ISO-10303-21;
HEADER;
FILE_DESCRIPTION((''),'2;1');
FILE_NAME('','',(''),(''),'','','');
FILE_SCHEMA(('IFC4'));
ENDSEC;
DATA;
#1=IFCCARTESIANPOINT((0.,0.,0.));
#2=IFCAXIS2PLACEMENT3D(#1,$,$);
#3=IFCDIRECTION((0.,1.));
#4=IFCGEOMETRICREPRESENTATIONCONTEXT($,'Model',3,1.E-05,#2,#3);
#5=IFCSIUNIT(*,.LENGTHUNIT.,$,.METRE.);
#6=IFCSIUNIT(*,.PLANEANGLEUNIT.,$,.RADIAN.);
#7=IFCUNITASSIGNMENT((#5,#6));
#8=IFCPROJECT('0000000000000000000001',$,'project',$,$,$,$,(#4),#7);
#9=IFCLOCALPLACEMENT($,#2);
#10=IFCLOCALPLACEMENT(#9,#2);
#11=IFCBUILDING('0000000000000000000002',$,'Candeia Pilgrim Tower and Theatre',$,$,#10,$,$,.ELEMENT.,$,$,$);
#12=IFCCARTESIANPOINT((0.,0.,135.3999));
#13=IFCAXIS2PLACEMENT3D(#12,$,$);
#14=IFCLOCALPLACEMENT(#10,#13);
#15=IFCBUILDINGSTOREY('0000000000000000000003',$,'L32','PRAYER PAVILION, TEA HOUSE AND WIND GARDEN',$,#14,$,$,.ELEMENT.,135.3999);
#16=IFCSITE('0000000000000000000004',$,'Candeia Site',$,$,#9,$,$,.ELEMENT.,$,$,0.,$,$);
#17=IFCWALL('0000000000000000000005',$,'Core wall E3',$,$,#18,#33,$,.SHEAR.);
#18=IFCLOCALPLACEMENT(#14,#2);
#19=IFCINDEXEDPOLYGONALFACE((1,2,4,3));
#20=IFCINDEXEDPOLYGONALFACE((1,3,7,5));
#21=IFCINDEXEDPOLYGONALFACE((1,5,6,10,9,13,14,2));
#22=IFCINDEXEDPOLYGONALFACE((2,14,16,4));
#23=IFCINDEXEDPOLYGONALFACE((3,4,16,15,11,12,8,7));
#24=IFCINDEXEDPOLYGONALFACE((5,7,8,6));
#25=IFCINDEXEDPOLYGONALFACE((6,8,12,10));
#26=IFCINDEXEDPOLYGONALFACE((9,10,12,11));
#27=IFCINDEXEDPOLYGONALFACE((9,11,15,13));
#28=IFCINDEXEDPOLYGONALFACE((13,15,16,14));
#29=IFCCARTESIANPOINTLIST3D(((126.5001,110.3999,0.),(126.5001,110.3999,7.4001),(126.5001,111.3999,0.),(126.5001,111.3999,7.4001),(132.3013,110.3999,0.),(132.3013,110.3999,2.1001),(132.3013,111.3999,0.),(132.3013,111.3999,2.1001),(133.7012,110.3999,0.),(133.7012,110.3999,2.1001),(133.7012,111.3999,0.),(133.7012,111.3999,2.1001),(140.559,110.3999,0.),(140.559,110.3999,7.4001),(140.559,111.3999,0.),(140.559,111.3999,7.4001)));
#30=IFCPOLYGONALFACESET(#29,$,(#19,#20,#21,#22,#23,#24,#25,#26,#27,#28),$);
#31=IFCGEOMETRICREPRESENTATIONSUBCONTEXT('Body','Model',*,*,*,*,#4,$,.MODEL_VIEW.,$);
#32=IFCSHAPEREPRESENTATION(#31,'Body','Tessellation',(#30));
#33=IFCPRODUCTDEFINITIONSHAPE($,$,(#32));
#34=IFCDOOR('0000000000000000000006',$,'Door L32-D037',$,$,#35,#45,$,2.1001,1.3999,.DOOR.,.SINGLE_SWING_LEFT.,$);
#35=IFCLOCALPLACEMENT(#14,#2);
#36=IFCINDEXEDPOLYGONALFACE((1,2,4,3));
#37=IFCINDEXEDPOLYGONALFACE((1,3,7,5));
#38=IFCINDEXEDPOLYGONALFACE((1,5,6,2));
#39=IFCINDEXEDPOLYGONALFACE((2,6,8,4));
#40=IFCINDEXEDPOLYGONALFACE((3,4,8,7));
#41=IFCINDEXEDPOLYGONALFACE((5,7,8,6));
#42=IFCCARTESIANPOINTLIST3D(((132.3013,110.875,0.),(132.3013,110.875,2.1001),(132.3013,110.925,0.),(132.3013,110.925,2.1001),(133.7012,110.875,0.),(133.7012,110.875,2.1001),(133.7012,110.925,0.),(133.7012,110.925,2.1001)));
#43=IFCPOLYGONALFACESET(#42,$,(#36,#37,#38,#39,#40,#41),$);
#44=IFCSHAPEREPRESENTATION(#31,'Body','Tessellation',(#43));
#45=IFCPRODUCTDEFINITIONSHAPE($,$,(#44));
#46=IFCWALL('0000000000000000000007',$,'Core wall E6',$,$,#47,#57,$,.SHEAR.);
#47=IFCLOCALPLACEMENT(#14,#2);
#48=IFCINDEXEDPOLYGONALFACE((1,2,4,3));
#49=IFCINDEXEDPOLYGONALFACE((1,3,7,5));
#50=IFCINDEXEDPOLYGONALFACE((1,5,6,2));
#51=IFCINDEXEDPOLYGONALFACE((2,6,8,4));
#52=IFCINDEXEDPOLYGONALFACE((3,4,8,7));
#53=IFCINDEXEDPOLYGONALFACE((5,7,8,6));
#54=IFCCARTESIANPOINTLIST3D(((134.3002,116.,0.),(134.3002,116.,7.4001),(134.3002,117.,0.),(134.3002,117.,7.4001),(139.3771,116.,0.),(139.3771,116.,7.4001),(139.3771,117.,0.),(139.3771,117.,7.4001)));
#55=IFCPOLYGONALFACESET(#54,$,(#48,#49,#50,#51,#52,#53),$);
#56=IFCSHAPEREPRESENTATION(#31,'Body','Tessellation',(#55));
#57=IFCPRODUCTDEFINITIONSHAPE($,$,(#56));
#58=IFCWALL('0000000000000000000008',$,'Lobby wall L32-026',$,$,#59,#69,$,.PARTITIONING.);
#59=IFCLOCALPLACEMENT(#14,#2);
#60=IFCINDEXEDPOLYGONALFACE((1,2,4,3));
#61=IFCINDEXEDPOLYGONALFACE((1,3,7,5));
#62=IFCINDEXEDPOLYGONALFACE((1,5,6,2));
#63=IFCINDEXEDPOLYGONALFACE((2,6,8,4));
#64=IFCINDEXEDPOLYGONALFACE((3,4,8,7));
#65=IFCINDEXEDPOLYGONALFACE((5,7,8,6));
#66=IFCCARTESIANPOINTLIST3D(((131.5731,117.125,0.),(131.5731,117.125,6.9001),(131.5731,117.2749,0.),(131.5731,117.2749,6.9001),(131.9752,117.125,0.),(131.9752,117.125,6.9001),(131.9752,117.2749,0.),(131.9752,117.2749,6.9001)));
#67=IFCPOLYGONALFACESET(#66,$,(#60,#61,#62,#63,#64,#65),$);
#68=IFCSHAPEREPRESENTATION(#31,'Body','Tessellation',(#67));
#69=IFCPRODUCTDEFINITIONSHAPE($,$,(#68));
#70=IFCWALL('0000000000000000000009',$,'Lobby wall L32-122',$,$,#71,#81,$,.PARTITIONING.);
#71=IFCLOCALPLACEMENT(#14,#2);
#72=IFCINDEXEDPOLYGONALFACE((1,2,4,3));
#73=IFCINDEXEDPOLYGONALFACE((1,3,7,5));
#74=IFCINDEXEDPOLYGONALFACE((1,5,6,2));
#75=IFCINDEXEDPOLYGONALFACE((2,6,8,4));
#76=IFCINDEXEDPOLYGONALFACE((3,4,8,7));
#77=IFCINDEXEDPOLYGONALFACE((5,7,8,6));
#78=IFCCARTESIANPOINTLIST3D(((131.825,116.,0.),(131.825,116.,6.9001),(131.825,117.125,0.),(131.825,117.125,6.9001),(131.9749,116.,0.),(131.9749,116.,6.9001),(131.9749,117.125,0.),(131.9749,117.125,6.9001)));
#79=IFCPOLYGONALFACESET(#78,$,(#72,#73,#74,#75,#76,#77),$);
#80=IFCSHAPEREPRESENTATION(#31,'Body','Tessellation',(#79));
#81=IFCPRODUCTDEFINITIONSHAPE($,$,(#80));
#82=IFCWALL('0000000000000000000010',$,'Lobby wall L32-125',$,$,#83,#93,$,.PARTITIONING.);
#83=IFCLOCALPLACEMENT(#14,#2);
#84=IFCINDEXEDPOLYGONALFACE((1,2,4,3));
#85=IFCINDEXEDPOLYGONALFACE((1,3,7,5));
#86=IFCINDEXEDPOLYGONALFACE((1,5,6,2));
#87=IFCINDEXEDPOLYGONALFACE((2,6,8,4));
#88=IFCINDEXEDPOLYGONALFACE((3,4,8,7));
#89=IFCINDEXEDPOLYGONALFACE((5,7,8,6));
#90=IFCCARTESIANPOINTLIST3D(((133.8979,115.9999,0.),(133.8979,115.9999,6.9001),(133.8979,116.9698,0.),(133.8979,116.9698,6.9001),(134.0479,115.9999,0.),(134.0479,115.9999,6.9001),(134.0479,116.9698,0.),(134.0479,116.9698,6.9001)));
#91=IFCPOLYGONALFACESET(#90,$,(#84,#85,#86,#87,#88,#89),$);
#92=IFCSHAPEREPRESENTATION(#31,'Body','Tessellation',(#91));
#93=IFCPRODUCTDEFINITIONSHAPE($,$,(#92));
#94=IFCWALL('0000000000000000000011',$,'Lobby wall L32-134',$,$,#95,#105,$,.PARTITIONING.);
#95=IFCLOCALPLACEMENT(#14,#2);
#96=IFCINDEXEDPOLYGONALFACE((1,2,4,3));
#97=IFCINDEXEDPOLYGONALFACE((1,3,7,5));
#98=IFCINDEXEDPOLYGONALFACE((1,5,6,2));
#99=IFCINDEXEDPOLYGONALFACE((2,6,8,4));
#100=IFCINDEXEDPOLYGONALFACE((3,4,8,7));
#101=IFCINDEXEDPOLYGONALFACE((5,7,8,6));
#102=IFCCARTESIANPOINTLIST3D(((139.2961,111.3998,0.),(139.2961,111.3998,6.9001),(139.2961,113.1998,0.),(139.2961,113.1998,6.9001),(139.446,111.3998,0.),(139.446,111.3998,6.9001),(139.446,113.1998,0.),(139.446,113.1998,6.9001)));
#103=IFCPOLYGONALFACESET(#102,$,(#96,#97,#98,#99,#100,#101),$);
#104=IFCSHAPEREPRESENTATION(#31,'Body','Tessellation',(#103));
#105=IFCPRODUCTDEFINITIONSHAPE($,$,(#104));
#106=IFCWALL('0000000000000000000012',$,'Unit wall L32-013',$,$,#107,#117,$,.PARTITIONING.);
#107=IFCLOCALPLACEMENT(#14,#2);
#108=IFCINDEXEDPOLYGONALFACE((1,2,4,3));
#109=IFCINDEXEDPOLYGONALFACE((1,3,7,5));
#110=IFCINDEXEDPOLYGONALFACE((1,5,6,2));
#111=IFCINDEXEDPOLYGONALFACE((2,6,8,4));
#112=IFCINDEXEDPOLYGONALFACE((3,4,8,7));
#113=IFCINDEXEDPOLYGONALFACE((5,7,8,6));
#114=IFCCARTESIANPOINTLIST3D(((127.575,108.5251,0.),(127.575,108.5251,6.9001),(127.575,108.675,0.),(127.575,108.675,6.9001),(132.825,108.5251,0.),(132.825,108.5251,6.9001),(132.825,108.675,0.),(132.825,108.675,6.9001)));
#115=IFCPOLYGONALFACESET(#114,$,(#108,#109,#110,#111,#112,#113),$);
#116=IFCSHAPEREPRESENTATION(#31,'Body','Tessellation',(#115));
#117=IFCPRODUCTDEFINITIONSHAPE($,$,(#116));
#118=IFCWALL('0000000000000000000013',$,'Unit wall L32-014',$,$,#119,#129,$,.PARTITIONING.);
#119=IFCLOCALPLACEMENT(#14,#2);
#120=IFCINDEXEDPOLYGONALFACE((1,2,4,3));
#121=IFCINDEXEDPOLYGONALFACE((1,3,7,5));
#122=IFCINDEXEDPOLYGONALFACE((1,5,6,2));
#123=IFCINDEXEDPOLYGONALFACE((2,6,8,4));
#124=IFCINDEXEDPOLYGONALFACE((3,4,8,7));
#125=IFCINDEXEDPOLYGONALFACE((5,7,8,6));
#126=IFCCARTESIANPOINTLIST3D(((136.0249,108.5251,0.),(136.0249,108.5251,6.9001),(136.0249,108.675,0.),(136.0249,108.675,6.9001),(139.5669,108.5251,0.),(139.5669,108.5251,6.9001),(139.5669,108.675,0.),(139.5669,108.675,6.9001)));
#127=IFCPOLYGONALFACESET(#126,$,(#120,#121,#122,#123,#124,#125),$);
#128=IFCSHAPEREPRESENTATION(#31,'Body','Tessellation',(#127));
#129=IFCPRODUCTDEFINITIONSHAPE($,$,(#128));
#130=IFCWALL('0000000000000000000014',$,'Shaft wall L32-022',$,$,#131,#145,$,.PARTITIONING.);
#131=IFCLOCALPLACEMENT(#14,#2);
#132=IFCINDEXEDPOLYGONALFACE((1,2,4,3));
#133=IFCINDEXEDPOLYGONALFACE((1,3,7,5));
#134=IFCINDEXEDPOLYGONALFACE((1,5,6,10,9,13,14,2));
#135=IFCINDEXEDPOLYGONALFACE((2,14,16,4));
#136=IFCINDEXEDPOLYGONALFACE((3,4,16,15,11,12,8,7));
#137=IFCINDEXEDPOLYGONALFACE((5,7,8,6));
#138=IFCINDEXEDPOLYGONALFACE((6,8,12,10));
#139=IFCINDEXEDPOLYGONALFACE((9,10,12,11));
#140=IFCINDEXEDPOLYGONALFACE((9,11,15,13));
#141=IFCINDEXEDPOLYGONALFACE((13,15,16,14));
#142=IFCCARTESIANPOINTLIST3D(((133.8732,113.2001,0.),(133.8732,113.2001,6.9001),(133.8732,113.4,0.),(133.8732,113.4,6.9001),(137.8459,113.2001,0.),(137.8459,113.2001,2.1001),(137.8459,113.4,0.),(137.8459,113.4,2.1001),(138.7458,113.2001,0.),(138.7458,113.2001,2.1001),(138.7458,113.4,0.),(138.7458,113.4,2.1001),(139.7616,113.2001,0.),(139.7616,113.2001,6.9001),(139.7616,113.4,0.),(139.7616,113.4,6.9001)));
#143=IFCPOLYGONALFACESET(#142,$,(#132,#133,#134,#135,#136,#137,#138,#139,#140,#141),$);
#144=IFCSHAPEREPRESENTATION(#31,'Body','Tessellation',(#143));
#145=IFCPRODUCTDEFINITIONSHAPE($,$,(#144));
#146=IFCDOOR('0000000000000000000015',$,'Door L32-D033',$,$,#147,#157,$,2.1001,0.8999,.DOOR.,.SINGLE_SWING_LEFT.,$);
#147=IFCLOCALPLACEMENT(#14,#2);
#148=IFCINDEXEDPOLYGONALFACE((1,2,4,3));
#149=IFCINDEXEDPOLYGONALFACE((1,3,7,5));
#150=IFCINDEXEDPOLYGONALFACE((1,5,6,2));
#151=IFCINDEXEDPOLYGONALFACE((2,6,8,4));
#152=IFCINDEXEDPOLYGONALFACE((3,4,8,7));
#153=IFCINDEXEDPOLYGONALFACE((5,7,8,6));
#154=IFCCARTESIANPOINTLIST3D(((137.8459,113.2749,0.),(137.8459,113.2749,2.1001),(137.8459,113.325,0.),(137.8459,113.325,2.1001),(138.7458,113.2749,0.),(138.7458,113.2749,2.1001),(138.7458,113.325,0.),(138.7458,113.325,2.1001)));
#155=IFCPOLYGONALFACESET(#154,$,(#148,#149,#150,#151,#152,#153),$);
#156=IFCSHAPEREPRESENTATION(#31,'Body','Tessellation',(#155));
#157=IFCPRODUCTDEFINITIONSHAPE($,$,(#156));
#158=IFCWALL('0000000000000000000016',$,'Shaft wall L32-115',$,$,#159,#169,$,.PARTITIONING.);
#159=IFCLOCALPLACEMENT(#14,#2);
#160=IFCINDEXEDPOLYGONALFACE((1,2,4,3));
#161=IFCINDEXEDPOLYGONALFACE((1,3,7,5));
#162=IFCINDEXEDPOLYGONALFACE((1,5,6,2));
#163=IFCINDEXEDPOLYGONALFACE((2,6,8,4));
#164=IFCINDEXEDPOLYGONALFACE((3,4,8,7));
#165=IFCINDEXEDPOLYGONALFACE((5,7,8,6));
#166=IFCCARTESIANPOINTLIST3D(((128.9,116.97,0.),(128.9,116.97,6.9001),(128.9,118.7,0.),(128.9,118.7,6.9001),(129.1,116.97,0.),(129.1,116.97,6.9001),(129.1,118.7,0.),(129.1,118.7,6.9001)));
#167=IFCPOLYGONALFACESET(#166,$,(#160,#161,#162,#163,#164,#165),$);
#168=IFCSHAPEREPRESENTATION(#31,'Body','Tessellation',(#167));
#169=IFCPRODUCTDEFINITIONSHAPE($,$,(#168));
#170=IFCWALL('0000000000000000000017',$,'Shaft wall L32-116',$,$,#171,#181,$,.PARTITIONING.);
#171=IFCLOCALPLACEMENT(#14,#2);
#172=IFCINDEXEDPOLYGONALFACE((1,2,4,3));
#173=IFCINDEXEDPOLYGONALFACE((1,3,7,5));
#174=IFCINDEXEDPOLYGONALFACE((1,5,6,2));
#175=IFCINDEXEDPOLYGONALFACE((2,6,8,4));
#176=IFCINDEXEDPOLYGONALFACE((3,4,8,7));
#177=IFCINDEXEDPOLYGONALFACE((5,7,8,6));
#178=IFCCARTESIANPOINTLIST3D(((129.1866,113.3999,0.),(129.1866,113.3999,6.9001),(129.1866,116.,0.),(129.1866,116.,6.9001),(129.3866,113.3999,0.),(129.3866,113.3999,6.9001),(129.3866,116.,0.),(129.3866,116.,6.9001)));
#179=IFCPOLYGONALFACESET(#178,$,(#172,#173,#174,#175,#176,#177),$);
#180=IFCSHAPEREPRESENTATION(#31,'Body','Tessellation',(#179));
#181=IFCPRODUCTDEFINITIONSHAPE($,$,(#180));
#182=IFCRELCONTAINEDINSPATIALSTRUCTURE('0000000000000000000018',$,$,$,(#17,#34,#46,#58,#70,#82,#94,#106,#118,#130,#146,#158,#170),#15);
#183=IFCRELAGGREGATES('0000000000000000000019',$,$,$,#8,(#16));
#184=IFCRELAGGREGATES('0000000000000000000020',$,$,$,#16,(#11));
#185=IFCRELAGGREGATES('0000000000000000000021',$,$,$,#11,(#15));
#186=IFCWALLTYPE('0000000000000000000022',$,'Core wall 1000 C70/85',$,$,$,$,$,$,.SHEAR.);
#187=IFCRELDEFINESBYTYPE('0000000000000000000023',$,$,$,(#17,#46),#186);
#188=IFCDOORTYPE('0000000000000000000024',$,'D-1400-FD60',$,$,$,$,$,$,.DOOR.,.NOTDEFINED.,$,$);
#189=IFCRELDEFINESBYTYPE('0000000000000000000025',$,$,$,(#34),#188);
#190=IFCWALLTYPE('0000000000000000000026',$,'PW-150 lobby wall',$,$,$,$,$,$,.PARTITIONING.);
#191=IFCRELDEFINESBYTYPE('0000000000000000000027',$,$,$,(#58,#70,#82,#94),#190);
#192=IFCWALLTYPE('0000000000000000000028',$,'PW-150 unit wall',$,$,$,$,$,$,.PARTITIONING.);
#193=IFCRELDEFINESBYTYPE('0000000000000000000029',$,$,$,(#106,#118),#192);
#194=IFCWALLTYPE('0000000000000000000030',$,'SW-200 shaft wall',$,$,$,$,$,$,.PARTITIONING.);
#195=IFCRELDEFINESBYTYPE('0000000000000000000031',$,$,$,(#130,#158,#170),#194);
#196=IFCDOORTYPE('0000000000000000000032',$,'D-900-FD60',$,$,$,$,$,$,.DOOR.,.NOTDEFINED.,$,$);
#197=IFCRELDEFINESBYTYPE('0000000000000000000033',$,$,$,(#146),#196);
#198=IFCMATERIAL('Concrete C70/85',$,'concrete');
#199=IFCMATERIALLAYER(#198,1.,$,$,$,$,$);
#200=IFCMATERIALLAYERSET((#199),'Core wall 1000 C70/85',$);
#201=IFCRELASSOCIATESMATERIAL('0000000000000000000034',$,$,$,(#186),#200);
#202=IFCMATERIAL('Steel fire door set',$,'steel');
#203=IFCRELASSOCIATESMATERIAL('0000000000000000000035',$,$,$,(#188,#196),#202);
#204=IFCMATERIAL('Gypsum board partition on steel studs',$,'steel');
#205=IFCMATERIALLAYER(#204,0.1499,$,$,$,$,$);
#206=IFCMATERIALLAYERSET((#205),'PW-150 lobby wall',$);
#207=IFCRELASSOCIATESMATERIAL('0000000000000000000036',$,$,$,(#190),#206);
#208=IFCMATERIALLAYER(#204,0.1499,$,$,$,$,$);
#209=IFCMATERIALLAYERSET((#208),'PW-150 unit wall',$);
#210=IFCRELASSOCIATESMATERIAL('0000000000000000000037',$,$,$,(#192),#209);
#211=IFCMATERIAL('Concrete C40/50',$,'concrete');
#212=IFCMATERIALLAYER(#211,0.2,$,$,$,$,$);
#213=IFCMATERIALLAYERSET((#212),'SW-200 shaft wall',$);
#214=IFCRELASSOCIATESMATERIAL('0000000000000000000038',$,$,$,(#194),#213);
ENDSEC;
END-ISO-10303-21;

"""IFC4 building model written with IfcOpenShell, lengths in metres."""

from ifc_helpers import new_model, si_unit, direction, frame, frame_2d, origin, place, context, subcontext, project, spatial, rectangle, extrude, material, layer, layer_set, type_object, element, fill, save


model = new_model("IFC4")

# Units and contexts
model_context = context("Model", 3, precision=1e-05, world=origin(), true_north=direction((0.0, 1.0)))
body_context = subcontext(model_context, "Body", "Model", "MODEL_VIEW")
ifc_project = project(units=[si_unit("LENGTHUNIT", "METRE"), si_unit("PLANEANGLEUNIT", "RADIAN")], contexts=[model_context])

# Site, building, storey
site_placement = place(None, origin())
site = spatial("IfcSite", under=ifc_project, at=site_placement, Name="Candeia Site", CompositionType="ELEMENT", RefElevation=0.0)
building_placement = place(site_placement, origin())
building = spatial("IfcBuilding", under=site, at=building_placement, Name="Candeia Pilgrim Tower and Theatre", CompositionType="ELEMENT")
storey_placement = place(building_placement, frame((0.0, 0.0, 135.3999)))
storey = spatial("IfcBuildingStorey", under=building, at=storey_placement, Name="L32", Description="PRAYER PAVILION, TEA HOUSE AND WIND GARDEN", CompositionType="ELEMENT", Elevation=135.3999)

# Wall, opening, door
ifc_material_1 = material(Name="Concrete C70/85", Category="concrete")
ifc_layer_1 = layer(ifc_material_1, 1.0)
ifc_layer_set_1 = layer_set([ifc_layer_1], Name="Core wall 1000 C70/85")
wall_type_1 = type_object("IfcWallType", Name="Core wall 1000 C70/85", PredefinedType="SHEAR", material=ifc_layer_set_1)
wall_1_placement = place(storey_placement, frame((140.5588, 110.8999, 0.0), z_axis=(0.0, 0.0, 1.0), x_axis=(-1.0, 0.0, 0.0)))
wall_1 = element("IfcWall", 1, at=wall_1_placement, inside=storey, type_object=wall_type_1, Name="Core wall E3", PredefinedType="SHEAR", context=body_context, shape_type="SweptSolid", body=[
    extrude(rectangle(XDim=14.0588, YDim=1.0, at=frame_2d((7.0293, 0.0))), origin(), (0.0, 0.0, 1.0), 7.4001),
])
opening_1_placement = place(wall_1_placement, frame((6.8577, 0.0, 0.0)))
opening_1 = element("IfcOpeningElement", 2, at=opening_1_placement, cuts=wall_1, PredefinedType="OPENING", context=body_context, shape_type="SweptSolid", body=[
    extrude(rectangle(XDim=1.3999, YDim=2.1001, at=frame_2d((0.7, 1.05))), frame((0.0, 0.51, 0.0), z_axis=(0.0, -1.0, 0.0), x_axis=(1.0, 0.0, 0.0)), (0.0, 0.0, 1.0), 1.02),
])
ifc_material_2 = material(Name="Steel fire door set", Category="steel")
door_type_1 = type_object("IfcDoorType", Name="D-1400-FD60", OperationType="NOTDEFINED", PredefinedType="DOOR", material=ifc_material_2)
door_1_placement = place(opening_1_placement, origin())
door_1 = element("IfcDoor", 3, at=door_1_placement, inside=storey, type_object=door_type_1, Name="Door L32-D037", OperationType="SINGLE_SWING_LEFT", OverallHeight=2.1001, OverallWidth=1.3999, PredefinedType="DOOR", context=body_context, shape_type="SweptSolid", body=[
    extrude(rectangle(XDim=1.3999, YDim=2.1001, at=frame_2d((0.7, 1.05))), frame((0.0, 0.0249, 0.0), z_axis=(0.0, -1.0, 0.0), x_axis=(1.0, 0.0, 0.0)), (0.0, 0.0, 1.0), 0.05),
])
fill(opening_1, door_1)

# Walls
wall_2_placement = place(storey_placement, frame((134.3, 116.5, 0.0), z_axis=(0.0, 0.0, 1.0), x_axis=(1.0, 0.0, 0.0)))
element("IfcWall", 4, at=wall_2_placement, inside=storey, type_object=wall_type_1, Name="Core wall E6", PredefinedType="SHEAR", context=body_context, shape_type="SweptSolid", body=[
    extrude(rectangle(XDim=5.0769, YDim=1.0, at=frame_2d((2.5386, 0.0))), origin(), (0.0, 0.0, 1.0), 7.4001),
])
ifc_material_3 = material(Name="Gypsum board partition on steel studs", Category="steel")
ifc_layer_2 = layer(ifc_material_3, 0.1499)
ifc_layer_set_2 = layer_set([ifc_layer_2], Name="PW-150 lobby wall")
wall_type_2 = type_object("IfcWallType", Name="PW-150 lobby wall", PredefinedType="PARTITIONING", material=ifc_layer_set_2)
wall_3_placement = place(storey_placement, frame((131.573, 117.2, 0.0), z_axis=(0.0, 0.0, 1.0), x_axis=(1.0, 0.0, 0.0)))
element("IfcWall", 5, at=wall_3_placement, inside=storey, type_object=wall_type_2, Name="Lobby wall L32-026", PredefinedType="PARTITIONING", context=body_context, shape_type="SweptSolid", body=[
    extrude(rectangle(XDim=0.4021, YDim=0.1499, at=frame_2d((0.2012, 0.0))), origin(), (0.0, 0.0, 1.0), 6.9001),
])
wall_4_placement = place(storey_placement, frame((131.8999, 116.0, 0.0), z_axis=(0.0, 0.0, 1.0), x_axis=(0.0, 1.0, 0.0)))
element("IfcWall", 6, at=wall_4_placement, inside=storey, type_object=wall_type_2, Name="Lobby wall L32-122", PredefinedType="PARTITIONING", context=body_context, shape_type="SweptSolid", body=[
    extrude(rectangle(XDim=1.125, YDim=0.1499, at=frame_2d((0.5625, 0.0))), origin(), (0.0, 0.0, 1.0), 6.9001),
])
wall_5_placement = place(storey_placement, frame((133.9729, 116.0, 0.0), z_axis=(0.0, 0.0, 1.0), x_axis=(0.0, 1.0, 0.0)))
element("IfcWall", 7, at=wall_5_placement, inside=storey, type_object=wall_type_2, Name="Lobby wall L32-125", PredefinedType="PARTITIONING", context=body_context, shape_type="SweptSolid", body=[
    extrude(rectangle(XDim=0.97, YDim=0.1499, at=frame_2d((0.4849, 0.0))), origin(), (0.0, 0.0, 1.0), 6.9001),
])
wall_6_placement = place(storey_placement, frame((139.3711, 111.3999, 0.0), z_axis=(0.0, 0.0, 1.0), x_axis=(0.0, 1.0, 0.0)))
element("IfcWall", 8, at=wall_6_placement, inside=storey, type_object=wall_type_2, Name="Lobby wall L32-134", PredefinedType="PARTITIONING", context=body_context, shape_type="SweptSolid", body=[
    extrude(rectangle(XDim=1.8, YDim=0.1499, at=frame_2d((0.8999, 0.0))), origin(), (0.0, 0.0, 1.0), 6.9001),
])
ifc_layer_3 = layer(ifc_material_3, 0.1499)
ifc_layer_set_3 = layer_set([ifc_layer_3], Name="PW-150 unit wall")
wall_type_3 = type_object("IfcWallType", Name="PW-150 unit wall", PredefinedType="PARTITIONING", material=ifc_layer_set_3)
wall_7_placement = place(storey_placement, frame((127.575, 108.6001, 0.0), z_axis=(0.0, 0.0, 1.0), x_axis=(1.0, 0.0, 0.0)))
element("IfcWall", 9, at=wall_7_placement, inside=storey, type_object=wall_type_3, Name="Unit wall L32-013", PredefinedType="PARTITIONING", context=body_context, shape_type="SweptSolid", body=[
    extrude(rectangle(XDim=5.25, YDim=0.1499, at=frame_2d((2.625, 0.0))), origin(), (0.0, 0.0, 1.0), 6.9001),
])
wall_8_placement = place(storey_placement, frame((136.0249, 108.6001, 0.0), z_axis=(0.0, 0.0, 1.0), x_axis=(1.0, 0.0, 0.0)))
element("IfcWall", 10, at=wall_8_placement, inside=storey, type_object=wall_type_3, Name="Unit wall L32-014", PredefinedType="PARTITIONING", context=body_context, shape_type="SweptSolid", body=[
    extrude(rectangle(XDim=3.542, YDim=0.1499, at=frame_2d((1.771, 0.0))), origin(), (0.0, 0.0, 1.0), 6.9001),
])

# Wall, opening, door
ifc_material_4 = material(Name="Concrete C40/50", Category="concrete")
ifc_layer_4 = layer(ifc_material_4, 0.2)
ifc_layer_set_4 = layer_set([ifc_layer_4], Name="SW-200 shaft wall")
wall_type_4 = type_object("IfcWallType", Name="SW-200 shaft wall", PredefinedType="PARTITIONING", material=ifc_layer_set_4)
wall_9_placement = place(storey_placement, frame((133.873, 113.3, 0.0), z_axis=(0.0, 0.0, 1.0), x_axis=(1.0, 0.0, 0.0)))
wall_9 = element("IfcWall", 11, at=wall_9_placement, inside=storey, type_object=wall_type_4, Name="Shaft wall L32-022", PredefinedType="PARTITIONING", context=body_context, shape_type="SweptSolid", body=[
    extrude(rectangle(XDim=5.8884, YDim=0.2, at=frame_2d((2.9443, 0.0))), origin(), (0.0, 0.0, 1.0), 6.9001),
])
opening_2_placement = place(wall_9_placement, frame((3.9729, 0.0, 0.0)))
opening_2 = element("IfcOpeningElement", 12, at=opening_2_placement, cuts=wall_9, PredefinedType="OPENING", context=body_context, shape_type="SweptSolid", body=[
    extrude(rectangle(XDim=0.8999, YDim=2.1001, at=frame_2d((0.45, 1.05))), frame((0.0, 0.1099, 0.0), z_axis=(0.0, -1.0, 0.0), x_axis=(1.0, 0.0, 0.0)), (0.0, 0.0, 1.0), 0.22),
])
door_type_2 = type_object("IfcDoorType", Name="D-900-FD60", OperationType="NOTDEFINED", PredefinedType="DOOR", material=ifc_material_2)
door_2_placement = place(opening_2_placement, origin())
door_2 = element("IfcDoor", 13, at=door_2_placement, inside=storey, type_object=door_type_2, Name="Door L32-D033", OperationType="SINGLE_SWING_LEFT", OverallHeight=2.1001, OverallWidth=0.8999, PredefinedType="DOOR", context=body_context, shape_type="SweptSolid", body=[
    extrude(rectangle(XDim=0.8999, YDim=2.1001, at=frame_2d((0.45, 1.05))), frame((0.0, 0.0249, 0.0), z_axis=(0.0, -1.0, 0.0), x_axis=(1.0, 0.0, 0.0)), (0.0, 0.0, 1.0), 0.05),
])
fill(opening_2, door_2)

# Walls
wall_10_placement = place(storey_placement, frame((129.0, 116.97, 0.0), z_axis=(0.0, 0.0, 1.0), x_axis=(0.0, 1.0, 0.0)))
element("IfcWall", 14, at=wall_10_placement, inside=storey, type_object=wall_type_4, Name="Shaft wall L32-115", PredefinedType="PARTITIONING", context=body_context, shape_type="SweptSolid", body=[
    extrude(rectangle(XDim=1.73, YDim=0.2, at=frame_2d((0.865, 0.0))), origin(), (0.0, 0.0, 1.0), 6.9001),
])
wall_11_placement = place(storey_placement, frame((129.2866, 113.3999, 0.0), z_axis=(0.0, 0.0, 1.0), x_axis=(0.0, 1.0, 0.0)))
element("IfcWall", 15, at=wall_11_placement, inside=storey, type_object=wall_type_4, Name="Shaft wall L32-116", PredefinedType="PARTITIONING", context=body_context, shape_type="SweptSolid", body=[
    extrude(rectangle(XDim=2.6001, YDim=0.2, at=frame_2d((1.3, 0.0))), origin(), (0.0, 0.0, 1.0), 6.9001),
])

save(model, "model.ifc")
